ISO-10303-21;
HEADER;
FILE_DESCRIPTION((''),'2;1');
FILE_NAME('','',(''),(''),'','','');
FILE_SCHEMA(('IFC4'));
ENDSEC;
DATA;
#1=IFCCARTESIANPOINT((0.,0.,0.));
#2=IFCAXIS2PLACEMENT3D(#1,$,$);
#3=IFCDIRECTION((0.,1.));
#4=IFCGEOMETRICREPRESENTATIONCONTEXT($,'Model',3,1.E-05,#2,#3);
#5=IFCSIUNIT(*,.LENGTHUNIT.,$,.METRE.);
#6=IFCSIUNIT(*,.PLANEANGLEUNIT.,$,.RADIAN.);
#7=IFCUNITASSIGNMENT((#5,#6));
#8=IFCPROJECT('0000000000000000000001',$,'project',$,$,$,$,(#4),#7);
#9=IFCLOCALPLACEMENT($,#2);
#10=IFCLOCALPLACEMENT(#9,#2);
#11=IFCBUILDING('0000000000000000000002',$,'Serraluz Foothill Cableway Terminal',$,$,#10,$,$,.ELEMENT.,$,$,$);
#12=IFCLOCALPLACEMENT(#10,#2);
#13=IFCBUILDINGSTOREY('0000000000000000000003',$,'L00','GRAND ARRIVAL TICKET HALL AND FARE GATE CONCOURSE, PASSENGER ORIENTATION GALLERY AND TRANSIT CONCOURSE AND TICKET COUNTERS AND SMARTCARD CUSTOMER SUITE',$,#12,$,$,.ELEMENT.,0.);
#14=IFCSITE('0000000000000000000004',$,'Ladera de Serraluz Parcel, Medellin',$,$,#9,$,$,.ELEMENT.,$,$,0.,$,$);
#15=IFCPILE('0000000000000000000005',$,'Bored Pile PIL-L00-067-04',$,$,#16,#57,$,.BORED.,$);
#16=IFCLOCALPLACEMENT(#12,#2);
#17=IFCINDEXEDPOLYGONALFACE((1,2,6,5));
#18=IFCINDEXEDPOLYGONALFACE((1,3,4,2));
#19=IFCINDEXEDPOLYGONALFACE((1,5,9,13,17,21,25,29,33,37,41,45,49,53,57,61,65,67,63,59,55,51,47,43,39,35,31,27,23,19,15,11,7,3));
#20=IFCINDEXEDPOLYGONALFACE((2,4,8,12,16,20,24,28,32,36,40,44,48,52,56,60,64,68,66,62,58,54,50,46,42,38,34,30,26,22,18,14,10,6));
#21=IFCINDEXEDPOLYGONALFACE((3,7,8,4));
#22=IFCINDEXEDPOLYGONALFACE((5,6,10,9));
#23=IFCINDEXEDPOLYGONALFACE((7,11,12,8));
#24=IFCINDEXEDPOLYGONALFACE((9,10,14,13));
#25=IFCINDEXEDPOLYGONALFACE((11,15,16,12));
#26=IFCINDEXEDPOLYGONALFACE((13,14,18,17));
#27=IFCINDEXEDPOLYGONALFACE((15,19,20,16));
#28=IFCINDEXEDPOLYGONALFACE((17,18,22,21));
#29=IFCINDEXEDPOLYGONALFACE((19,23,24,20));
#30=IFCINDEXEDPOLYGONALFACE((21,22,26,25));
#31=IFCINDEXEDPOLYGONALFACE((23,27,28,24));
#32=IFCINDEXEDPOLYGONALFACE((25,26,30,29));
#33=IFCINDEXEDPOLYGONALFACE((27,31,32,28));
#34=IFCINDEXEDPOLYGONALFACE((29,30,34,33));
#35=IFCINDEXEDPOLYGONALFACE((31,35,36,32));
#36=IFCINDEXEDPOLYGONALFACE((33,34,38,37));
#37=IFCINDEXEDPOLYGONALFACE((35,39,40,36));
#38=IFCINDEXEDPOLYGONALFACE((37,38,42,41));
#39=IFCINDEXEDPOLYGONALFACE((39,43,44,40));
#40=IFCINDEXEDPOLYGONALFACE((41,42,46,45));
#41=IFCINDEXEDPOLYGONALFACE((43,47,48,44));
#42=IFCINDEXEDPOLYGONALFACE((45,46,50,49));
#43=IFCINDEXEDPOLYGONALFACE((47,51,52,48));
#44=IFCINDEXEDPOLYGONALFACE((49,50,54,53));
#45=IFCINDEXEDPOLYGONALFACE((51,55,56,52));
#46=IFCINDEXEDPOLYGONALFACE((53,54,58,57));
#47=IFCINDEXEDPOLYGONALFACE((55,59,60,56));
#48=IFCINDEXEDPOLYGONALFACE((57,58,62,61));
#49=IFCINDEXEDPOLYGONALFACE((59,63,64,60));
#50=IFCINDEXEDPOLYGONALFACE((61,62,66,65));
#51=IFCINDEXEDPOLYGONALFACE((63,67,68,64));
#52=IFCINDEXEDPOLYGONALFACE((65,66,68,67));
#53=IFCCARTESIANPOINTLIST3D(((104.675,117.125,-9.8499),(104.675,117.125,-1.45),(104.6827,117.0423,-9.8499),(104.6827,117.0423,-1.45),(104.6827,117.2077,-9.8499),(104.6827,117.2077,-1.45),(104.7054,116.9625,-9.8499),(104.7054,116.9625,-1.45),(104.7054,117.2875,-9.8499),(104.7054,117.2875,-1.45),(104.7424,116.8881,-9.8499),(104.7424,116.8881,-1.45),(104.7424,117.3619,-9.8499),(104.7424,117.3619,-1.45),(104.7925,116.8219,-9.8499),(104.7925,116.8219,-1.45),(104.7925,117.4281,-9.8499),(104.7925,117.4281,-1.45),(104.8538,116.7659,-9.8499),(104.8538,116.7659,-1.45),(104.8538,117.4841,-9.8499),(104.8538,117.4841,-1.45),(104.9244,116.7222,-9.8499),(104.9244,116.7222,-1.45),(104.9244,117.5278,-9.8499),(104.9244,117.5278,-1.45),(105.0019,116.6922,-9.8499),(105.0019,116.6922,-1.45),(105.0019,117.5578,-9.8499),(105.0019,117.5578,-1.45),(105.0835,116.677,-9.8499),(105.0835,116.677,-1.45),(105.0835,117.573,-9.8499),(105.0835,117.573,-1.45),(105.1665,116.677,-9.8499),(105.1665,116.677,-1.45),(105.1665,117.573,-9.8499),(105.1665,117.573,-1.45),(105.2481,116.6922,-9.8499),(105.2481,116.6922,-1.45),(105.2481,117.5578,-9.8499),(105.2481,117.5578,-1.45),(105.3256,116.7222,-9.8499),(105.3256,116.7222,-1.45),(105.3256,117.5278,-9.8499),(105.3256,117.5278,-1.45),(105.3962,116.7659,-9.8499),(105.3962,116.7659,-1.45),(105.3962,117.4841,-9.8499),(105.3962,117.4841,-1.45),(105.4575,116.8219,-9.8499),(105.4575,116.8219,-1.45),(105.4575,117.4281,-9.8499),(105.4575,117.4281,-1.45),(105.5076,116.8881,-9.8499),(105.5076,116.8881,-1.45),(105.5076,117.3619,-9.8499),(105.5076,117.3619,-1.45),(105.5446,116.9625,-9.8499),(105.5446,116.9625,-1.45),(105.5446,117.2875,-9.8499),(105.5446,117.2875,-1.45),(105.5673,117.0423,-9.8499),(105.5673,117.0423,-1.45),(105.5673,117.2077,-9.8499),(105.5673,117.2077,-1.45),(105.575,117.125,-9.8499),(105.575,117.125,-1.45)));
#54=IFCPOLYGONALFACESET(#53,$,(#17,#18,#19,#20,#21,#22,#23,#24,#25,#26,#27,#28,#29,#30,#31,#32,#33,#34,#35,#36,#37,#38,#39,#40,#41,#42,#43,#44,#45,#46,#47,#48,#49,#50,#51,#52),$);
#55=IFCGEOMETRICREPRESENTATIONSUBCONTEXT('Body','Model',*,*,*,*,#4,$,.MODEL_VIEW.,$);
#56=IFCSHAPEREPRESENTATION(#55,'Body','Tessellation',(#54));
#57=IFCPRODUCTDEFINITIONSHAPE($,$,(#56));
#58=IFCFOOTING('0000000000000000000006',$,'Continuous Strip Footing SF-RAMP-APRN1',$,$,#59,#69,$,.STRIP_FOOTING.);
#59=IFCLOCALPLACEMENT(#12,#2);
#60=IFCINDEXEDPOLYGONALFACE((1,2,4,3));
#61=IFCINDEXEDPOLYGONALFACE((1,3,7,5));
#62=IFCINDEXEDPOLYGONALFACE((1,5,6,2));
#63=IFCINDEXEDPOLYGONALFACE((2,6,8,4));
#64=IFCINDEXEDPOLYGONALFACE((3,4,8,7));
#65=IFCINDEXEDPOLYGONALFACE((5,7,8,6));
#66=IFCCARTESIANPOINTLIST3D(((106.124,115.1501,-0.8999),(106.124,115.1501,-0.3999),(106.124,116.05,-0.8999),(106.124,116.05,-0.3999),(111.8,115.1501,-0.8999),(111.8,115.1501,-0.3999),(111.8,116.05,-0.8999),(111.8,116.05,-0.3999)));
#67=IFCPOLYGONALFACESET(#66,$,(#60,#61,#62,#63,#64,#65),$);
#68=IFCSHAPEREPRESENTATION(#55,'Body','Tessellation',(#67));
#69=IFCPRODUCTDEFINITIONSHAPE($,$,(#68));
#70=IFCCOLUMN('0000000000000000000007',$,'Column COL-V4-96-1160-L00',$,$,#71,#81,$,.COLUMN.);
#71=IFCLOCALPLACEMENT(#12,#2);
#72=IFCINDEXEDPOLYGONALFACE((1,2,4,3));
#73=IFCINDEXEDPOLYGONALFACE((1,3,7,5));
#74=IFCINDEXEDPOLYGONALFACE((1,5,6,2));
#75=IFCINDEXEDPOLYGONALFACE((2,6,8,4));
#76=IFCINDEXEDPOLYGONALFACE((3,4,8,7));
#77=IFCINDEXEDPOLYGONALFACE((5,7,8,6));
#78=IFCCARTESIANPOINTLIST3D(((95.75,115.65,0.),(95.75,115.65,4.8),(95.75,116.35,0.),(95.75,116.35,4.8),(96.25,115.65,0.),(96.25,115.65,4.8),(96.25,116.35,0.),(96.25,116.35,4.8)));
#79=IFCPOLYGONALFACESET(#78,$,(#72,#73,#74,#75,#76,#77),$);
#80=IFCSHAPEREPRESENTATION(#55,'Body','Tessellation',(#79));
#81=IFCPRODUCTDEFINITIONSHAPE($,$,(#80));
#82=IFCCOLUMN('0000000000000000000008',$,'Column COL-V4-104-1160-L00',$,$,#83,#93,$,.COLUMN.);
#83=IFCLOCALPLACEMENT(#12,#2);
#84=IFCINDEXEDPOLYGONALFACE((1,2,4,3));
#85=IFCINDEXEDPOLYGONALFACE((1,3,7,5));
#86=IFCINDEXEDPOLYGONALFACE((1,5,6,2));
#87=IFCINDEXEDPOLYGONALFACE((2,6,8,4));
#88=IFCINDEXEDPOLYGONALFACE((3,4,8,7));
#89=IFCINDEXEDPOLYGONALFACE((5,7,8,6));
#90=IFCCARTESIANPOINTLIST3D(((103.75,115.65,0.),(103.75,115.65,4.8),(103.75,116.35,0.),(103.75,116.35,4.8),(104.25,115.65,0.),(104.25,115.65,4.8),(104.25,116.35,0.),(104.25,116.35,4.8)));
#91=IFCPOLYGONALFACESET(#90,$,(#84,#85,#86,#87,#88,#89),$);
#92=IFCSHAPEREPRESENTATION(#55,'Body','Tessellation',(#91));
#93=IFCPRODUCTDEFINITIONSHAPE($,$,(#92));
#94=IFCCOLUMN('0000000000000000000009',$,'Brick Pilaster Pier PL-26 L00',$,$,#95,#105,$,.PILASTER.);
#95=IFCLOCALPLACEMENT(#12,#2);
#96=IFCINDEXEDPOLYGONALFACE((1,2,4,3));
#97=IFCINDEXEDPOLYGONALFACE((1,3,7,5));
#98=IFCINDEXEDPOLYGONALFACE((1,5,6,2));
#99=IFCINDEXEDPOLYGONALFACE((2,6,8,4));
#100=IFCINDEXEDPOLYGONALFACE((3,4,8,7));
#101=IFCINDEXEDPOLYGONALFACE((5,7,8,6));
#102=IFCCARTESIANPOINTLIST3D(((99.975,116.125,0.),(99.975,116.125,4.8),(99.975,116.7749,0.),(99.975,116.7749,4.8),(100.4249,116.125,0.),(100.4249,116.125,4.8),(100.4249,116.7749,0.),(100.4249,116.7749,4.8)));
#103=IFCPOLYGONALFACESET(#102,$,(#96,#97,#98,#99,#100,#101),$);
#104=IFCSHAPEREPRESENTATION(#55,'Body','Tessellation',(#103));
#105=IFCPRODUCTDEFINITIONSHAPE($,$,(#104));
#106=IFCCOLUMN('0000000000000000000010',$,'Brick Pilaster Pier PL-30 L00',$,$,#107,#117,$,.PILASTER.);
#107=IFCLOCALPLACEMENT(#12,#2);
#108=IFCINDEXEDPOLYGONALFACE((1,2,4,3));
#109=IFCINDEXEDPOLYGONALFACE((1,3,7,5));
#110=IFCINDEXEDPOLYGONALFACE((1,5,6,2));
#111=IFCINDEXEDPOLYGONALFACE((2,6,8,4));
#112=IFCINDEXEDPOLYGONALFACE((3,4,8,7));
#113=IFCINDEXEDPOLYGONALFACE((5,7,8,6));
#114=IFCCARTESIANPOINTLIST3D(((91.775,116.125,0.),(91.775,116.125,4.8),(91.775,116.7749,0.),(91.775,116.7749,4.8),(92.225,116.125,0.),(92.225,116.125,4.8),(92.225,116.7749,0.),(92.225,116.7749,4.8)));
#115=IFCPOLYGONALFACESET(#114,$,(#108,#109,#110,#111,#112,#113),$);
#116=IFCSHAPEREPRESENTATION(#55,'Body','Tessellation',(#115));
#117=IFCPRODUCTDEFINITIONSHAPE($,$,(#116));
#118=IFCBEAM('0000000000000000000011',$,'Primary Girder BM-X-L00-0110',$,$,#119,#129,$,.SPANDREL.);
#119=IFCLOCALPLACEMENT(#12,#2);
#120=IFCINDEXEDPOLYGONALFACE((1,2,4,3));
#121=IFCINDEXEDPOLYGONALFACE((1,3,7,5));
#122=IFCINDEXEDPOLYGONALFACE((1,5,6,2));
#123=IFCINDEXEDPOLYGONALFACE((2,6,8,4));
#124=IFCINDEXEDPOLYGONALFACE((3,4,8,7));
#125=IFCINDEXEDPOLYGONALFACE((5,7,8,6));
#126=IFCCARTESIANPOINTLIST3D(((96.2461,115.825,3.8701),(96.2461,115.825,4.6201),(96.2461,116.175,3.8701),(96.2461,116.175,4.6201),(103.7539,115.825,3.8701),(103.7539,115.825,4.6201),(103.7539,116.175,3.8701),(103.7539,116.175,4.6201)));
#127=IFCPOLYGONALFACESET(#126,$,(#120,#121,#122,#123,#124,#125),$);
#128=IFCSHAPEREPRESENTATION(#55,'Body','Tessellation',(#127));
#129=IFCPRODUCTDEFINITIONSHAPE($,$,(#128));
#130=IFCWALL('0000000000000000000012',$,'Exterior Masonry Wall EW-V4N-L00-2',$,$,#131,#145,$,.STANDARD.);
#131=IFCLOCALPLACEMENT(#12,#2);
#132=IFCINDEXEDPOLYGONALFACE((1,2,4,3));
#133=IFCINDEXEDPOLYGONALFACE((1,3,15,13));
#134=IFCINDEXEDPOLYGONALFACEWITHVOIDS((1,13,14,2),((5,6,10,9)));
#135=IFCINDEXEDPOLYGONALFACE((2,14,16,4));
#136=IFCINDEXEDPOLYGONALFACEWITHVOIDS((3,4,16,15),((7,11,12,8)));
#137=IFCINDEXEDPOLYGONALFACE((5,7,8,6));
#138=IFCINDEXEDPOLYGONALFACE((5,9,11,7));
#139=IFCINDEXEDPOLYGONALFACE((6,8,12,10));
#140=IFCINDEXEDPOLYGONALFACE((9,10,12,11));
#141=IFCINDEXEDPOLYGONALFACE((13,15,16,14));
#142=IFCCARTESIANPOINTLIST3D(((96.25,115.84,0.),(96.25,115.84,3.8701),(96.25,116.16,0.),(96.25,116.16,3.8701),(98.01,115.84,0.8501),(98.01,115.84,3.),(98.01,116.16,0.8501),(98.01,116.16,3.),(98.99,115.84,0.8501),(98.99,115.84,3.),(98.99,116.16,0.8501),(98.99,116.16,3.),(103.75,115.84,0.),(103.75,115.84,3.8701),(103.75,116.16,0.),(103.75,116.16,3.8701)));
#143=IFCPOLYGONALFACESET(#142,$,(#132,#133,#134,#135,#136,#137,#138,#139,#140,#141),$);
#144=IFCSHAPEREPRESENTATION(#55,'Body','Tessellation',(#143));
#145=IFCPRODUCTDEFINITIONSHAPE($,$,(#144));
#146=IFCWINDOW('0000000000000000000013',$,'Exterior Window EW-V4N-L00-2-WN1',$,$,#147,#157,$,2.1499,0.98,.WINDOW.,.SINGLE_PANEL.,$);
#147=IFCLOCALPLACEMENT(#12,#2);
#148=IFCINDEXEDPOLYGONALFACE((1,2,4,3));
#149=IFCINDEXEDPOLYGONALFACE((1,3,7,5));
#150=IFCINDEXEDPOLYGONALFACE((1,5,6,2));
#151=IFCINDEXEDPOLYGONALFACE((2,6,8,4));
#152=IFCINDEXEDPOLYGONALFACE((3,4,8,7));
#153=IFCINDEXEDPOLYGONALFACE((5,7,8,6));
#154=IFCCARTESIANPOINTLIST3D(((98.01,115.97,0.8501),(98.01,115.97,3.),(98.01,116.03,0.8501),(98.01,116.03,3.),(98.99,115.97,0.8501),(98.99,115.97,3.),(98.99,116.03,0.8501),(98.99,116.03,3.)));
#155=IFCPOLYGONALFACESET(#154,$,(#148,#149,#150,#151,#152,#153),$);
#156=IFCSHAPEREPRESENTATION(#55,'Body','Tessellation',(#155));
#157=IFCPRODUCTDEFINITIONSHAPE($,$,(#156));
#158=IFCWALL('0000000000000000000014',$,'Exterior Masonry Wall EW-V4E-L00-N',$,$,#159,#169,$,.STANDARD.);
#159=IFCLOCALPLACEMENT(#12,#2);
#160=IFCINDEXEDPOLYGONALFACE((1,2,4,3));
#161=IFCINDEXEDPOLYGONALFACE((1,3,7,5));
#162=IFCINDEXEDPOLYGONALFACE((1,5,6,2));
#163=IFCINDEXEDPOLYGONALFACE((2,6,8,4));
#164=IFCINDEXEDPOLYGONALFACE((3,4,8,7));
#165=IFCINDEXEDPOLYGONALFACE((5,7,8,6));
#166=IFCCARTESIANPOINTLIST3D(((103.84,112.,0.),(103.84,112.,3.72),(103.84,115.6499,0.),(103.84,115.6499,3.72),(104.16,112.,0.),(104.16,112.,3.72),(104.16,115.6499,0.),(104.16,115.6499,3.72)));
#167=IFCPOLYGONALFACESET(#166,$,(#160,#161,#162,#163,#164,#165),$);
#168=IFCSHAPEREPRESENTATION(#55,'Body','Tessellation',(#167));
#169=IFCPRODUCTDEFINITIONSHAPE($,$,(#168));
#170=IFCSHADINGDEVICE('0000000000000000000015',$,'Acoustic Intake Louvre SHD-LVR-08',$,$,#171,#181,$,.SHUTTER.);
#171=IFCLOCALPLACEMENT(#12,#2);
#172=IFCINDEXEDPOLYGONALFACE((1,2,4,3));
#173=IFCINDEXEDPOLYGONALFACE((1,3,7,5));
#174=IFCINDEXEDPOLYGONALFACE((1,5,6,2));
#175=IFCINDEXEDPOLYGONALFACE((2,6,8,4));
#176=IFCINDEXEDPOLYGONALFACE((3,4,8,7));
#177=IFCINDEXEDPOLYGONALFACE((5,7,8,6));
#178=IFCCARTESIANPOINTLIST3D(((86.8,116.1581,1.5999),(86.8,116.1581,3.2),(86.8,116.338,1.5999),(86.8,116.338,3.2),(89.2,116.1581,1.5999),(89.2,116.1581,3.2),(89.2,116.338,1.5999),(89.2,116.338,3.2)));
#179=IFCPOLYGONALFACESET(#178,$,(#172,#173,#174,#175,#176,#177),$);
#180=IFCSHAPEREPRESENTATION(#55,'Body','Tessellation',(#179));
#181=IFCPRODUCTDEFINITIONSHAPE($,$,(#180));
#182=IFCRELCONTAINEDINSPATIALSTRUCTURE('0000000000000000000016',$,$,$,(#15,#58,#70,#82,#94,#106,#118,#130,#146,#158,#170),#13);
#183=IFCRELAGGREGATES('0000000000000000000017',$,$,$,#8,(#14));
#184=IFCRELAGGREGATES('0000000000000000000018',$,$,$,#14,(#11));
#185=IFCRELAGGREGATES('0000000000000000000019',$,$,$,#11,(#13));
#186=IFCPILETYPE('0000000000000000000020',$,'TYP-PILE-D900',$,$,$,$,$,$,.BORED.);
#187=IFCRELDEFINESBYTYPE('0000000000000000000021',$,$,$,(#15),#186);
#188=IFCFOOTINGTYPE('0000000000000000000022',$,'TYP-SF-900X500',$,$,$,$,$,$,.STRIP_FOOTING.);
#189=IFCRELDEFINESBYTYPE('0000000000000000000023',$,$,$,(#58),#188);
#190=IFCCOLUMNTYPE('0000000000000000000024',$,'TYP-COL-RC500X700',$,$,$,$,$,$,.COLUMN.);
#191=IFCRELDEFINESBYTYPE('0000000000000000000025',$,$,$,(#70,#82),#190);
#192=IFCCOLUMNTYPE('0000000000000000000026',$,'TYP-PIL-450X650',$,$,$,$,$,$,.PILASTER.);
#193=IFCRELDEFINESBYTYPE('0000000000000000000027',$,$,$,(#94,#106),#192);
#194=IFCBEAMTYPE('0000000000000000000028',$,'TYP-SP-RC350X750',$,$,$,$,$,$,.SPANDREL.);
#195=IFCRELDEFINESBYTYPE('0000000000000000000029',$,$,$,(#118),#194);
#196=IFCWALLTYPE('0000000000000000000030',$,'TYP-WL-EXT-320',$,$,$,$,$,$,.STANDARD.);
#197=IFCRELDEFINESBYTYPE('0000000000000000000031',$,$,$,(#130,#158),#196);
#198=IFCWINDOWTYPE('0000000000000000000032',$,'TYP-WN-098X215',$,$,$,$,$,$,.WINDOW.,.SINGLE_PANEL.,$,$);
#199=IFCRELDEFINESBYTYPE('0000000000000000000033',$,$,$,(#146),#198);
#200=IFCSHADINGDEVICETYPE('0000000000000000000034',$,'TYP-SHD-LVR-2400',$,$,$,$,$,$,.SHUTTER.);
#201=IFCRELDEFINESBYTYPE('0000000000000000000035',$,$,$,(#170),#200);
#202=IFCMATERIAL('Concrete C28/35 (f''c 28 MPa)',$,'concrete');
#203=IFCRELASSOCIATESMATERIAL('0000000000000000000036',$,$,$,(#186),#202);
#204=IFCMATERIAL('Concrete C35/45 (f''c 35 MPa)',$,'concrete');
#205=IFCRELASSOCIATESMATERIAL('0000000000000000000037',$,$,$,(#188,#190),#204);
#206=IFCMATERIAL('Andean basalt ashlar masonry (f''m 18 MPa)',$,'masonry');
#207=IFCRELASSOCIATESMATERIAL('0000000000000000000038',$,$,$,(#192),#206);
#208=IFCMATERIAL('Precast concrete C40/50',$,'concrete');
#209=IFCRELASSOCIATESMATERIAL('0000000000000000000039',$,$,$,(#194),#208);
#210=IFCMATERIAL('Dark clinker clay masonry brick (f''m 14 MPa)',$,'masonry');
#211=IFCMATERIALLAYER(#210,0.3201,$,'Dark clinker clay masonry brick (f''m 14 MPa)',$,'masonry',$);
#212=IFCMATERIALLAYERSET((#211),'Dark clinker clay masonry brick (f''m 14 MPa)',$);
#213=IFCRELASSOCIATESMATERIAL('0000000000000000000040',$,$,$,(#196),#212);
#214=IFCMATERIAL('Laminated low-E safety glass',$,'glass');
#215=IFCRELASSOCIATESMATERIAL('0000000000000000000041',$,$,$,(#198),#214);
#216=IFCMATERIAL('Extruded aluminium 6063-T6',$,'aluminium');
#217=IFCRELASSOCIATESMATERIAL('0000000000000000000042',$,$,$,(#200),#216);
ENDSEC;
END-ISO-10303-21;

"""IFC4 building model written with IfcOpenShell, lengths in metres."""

from ifc_helpers import new_model, si_unit, direction, frame, frame_2d, origin, origin_2d, place, context, subcontext, project, spatial, rectangle, circle, extrude, material, layer, layer_set, material_profile, profile_set, type_object, element, fill, save


model = new_model("IFC4")

# Units and contexts
model_context = context("Model", 3, precision=1e-05, world=origin(), true_north=direction((0.0, 1.0)))
body_context = subcontext(model_context, "Body", "Model", "MODEL_VIEW")
ifc_project = project(units=[si_unit("LENGTHUNIT", "METRE"), si_unit("PLANEANGLEUNIT", "RADIAN")], contexts=[model_context])

# Site, building, storey
site_placement = place(None, origin())
site = spatial("IfcSite", under=ifc_project, at=site_placement, Name="Ladera de Serraluz Parcel, Medellin", CompositionType="ELEMENT", RefElevation=0.0)
building_placement = place(site_placement, origin())
building = spatial("IfcBuilding", under=site, at=building_placement, Name="Serraluz Foothill Cableway Terminal", CompositionType="ELEMENT")
storey_placement = place(building_placement, origin())
storey = spatial("IfcBuildingStorey", under=building, at=storey_placement, Name="L00", Description="GRAND ARRIVAL TICKET HALL AND FARE GATE CONCOURSE, PASSENGER ORIENTATION GALLERY AND TRANSIT CONCOURSE AND TICKET COUNTERS AND SMARTCARD CUSTOMER SUITE", CompositionType="ELEMENT", Elevation=0.0)

# Shared definitions
ifc_material_1 = material(Name="Concrete C35/45 (f'c 35 MPa)", Category="concrete")

# Pile
ifc_material_2 = material(Name="Concrete C28/35 (f'c 28 MPa)", Category="concrete")
ifc_material_profile_1 = material_profile(ifc_material_2, circle(Radius=0.45, at=origin_2d()), Name="BORED PILE D900")
ifc_profile_set_1 = profile_set([ifc_material_profile_1], Name="Concrete C28/35 (f'c 28 MPa)")
pile_type = type_object("IfcPileType", Name="TYP-PILE-D900", PredefinedType="BORED", material=ifc_profile_set_1)
for number, where, z_axis, x_axis, name in (
    (1, (105.125, 117.125, -1.45), (0.0, 0.0, -1.0), (1.0, 0.0, 0.0), "Bored Pile PIL-L00-067-04"),
):
    element("IfcPile", number, at=place(storey_placement, frame(where, z_axis=z_axis, x_axis=x_axis)), inside=storey, type_object=pile_type, Name=name, PredefinedType="BORED", context=body_context, shape_type="SweptSolid", body=[
        extrude(circle(Radius=0.45, at=origin_2d()), origin(), (0.0, 0.0, 1.0), 8.3999),
    ])

# Footing
ifc_material_profile_2 = material_profile(ifc_material_1, rectangle(XDim=0.8999, YDim=0.5, at=origin_2d()), Name="SF 900x500")
ifc_profile_set_2 = profile_set([ifc_material_profile_2], Name="Concrete C35/45 (f'c 35 MPa)")
footing_type_1 = type_object("IfcFootingType", Name="TYP-SF-900X500", PredefinedType="STRIP_FOOTING", material=ifc_profile_set_2)
footing_1_placement = place(storey_placement, frame((106.124, 115.6001, -0.6499), z_axis=(1.0, 0.0, 0.0), x_axis=(0.0, 1.0, 0.0)))
element("IfcFooting", 2, at=footing_1_placement, inside=storey, type_object=footing_type_1, Name="Continuous Strip Footing SF-RAMP-APRN1", PredefinedType="STRIP_FOOTING", context=body_context, shape_type="SweptSolid", body=[
    extrude(rectangle(XDim=0.8999, YDim=0.5, at=origin_2d()), origin(), (0.0, 0.0, 1.0), 5.676),
])

# Columns
ifc_material_profile_3 = material_profile(ifc_material_1, rectangle(XDim=0.5, YDim=0.7, at=origin_2d()), Name="RC 500x700")
ifc_profile_set_3 = profile_set([ifc_material_profile_3], Name="Concrete C35/45 (f'c 35 MPa)")
column_type_1 = type_object("IfcColumnType", Name="TYP-COL-RC500X700", PredefinedType="COLUMN", material=ifc_profile_set_3)
for number, where, z_axis, x_axis, name in (
    (3, (96.0, 116.0, 0.0), (0.0, 0.0, 1.0), (1.0, 0.0, 0.0), "Column COL-V4-96-1160-L00"),
    (4, (104.0, 116.0, 0.0), (0.0, 0.0, 1.0), (1.0, 0.0, 0.0), "Column COL-V4-104-1160-L00"),
):
    element("IfcColumn", number, at=place(storey_placement, frame(where, z_axis=z_axis, x_axis=x_axis)), inside=storey, type_object=column_type_1, Name=name, PredefinedType="COLUMN", context=body_context, shape_type="SweptSolid", body=[
        extrude(rectangle(XDim=0.5, YDim=0.7, at=origin_2d()), origin(), (0.0, 0.0, 1.0), 4.8),
    ])
ifc_material_3 = material(Name="Andean basalt ashlar masonry (f'm 18 MPa)", Category="masonry")
ifc_material_profile_4 = material_profile(ifc_material_3, rectangle(XDim=0.45, YDim=0.6499, at=origin_2d()), Name="PIL 450x650")
ifc_profile_set_4 = profile_set([ifc_material_profile_4], Name="Andean basalt ashlar masonry (f'm 18 MPa)")
column_type_2 = type_object("IfcColumnType", Name="TYP-PIL-450X650", PredefinedType="PILASTER", material=ifc_profile_set_4)
for number, where, z_axis, x_axis, name in (
    (5, (100.2, 116.45, 0.0), (0.0, 0.0, 1.0), (1.0, 0.0, 0.0), "Brick Pilaster Pier PL-26 L00"),
    (6, (92.0, 116.45, 0.0), (0.0, 0.0, 1.0), (1.0, 0.0, 0.0), "Brick Pilaster Pier PL-30 L00"),
):
    element("IfcColumn", number, at=place(storey_placement, frame(where, z_axis=z_axis, x_axis=x_axis)), inside=storey, type_object=column_type_2, Name=name, PredefinedType="PILASTER", context=body_context, shape_type="SweptSolid", body=[
        extrude(rectangle(XDim=0.45, YDim=0.6499, at=origin_2d()), origin(), (0.0, 0.0, 1.0), 4.8),
    ])

# Beam
ifc_material_4 = material(Name="Precast concrete C40/50", Category="concrete")
ifc_material_profile_5 = material_profile(ifc_material_4, rectangle(XDim=0.3501, YDim=0.75, at=origin_2d()), Name="RC SP 350x750")
ifc_profile_set_5 = profile_set([ifc_material_profile_5], Name="Precast concrete C40/50")
beam_type = type_object("IfcBeamType", Name="TYP-SP-RC350X750", PredefinedType="SPANDREL", material=ifc_profile_set_5)
beam_placement = place(storey_placement, frame((96.2461, 116.0, 4.2451), z_axis=(1.0, 0.0, 0.0), x_axis=(0.0, 1.0, 0.0)))
element("IfcBeam", 7, at=beam_placement, inside=storey, type_object=beam_type, Name="Primary Girder BM-X-L00-0110", PredefinedType="SPANDREL", context=body_context, shape_type="SweptSolid", body=[
    extrude(rectangle(XDim=0.3501, YDim=0.75, at=origin_2d()), origin(), (0.0, 0.0, 1.0), 7.5078),
])

# Wall, opening, window
ifc_material_5 = material(Name="Dark clinker clay masonry brick (f'm 14 MPa)", Category="masonry")
ifc_layer = layer(ifc_material_5, 0.3201, Name="Dark clinker clay masonry brick (f'm 14 MPa)", Category="masonry")
ifc_layer_set = layer_set([ifc_layer], Name="Dark clinker clay masonry brick (f'm 14 MPa)")
wall_type = type_object("IfcWallType", Name="TYP-WL-EXT-320", PredefinedType="STANDARD", material=ifc_layer_set)
wall_1_placement = place(storey_placement, frame((96.25, 116.0, 0.0), z_axis=(0.0, 0.0, 1.0), x_axis=(1.0, 0.0, 0.0)))
wall_1 = element("IfcWall", 8, at=wall_1_placement, inside=storey, type_object=wall_type, Name="Exterior Masonry Wall EW-V4N-L00-2", PredefinedType="STANDARD", context=body_context, shape_type="SweptSolid", body=[
    extrude(rectangle(XDim=7.5, YDim=0.3201, at=frame_2d((3.75, 0.0))), origin(), (0.0, 0.0, 1.0), 3.8701),
])
opening_placement = place(wall_1_placement, frame((1.76, 0.0, 0.8501)))
opening = element("IfcOpeningElement", 9, at=opening_placement, cuts=wall_1, PredefinedType="OPENING", context=body_context, shape_type="SweptSolid", body=[
    extrude(rectangle(XDim=0.98, YDim=2.1499, at=frame_2d((0.49, 1.075))), frame((0.0, 0.1699, 0.0), z_axis=(0.0, -1.0, 0.0), x_axis=(1.0, 0.0, 0.0)), (0.0, 0.0, 1.0), 0.3401),
])
ifc_material_6 = material(Name="Laminated low-E safety glass", Category="glass")
window_type = type_object("IfcWindowType", Name="TYP-WN-098X215", PartitioningType="SINGLE_PANEL", PredefinedType="WINDOW", material=ifc_material_6)
window_placement = place(opening_placement, origin())
window = element("IfcWindow", 10, at=window_placement, inside=storey, type_object=window_type, Name="Exterior Window EW-V4N-L00-2-WN1", OverallHeight=2.1499, OverallWidth=0.98, PartitioningType="SINGLE_PANEL", PredefinedType="WINDOW", context=body_context, shape_type="SweptSolid", body=[
    extrude(rectangle(XDim=0.98, YDim=2.1499, at=frame_2d((0.49, 1.075))), frame((0.0, 0.03, 0.0), z_axis=(0.0, -1.0, 0.0), x_axis=(1.0, 0.0, 0.0)), (0.0, 0.0, 1.0), 0.0601),
])
fill(opening, window)

# Wall
wall_2_placement = place(storey_placement, frame((104.0, 115.6499, 0.0), z_axis=(0.0, 0.0, 1.0), x_axis=(0.0, -1.0, 0.0)))
element("IfcWall", 11, at=wall_2_placement, inside=storey, type_object=wall_type, Name="Exterior Masonry Wall EW-V4E-L00-N", PredefinedType="STANDARD", context=body_context, shape_type="SweptSolid", body=[
    extrude(rectangle(XDim=3.6499, YDim=0.3201, at=frame_2d((1.825, 0.0))), origin(), (0.0, 0.0, 1.0), 3.72),
])

# Shading device
ifc_material_7 = material(Name="Extruded aluminium 6063-T6", Category="aluminium")
shading_device_type = type_object("IfcShadingDeviceType", Name="TYP-SHD-LVR-2400", PredefinedType="SHUTTER", material=ifc_material_7)
shading_device_placement = place(storey_placement, frame((88.0, 116.248, 1.5999), z_axis=(0.0, 0.0, 1.0), x_axis=(1.0, 0.0, 0.0)))
element("IfcShadingDevice", 12, at=shading_device_placement, inside=storey, type_object=shading_device_type, Name="Acoustic Intake Louvre SHD-LVR-08", PredefinedType="SHUTTER", context=body_context, shape_type="SweptSolid", body=[
    extrude(rectangle(XDim=2.3999, YDim=0.1799, at=origin_2d()), origin(), (0.0, 0.0, 1.0), 1.6001),
])

save(model, "model.ifc")
